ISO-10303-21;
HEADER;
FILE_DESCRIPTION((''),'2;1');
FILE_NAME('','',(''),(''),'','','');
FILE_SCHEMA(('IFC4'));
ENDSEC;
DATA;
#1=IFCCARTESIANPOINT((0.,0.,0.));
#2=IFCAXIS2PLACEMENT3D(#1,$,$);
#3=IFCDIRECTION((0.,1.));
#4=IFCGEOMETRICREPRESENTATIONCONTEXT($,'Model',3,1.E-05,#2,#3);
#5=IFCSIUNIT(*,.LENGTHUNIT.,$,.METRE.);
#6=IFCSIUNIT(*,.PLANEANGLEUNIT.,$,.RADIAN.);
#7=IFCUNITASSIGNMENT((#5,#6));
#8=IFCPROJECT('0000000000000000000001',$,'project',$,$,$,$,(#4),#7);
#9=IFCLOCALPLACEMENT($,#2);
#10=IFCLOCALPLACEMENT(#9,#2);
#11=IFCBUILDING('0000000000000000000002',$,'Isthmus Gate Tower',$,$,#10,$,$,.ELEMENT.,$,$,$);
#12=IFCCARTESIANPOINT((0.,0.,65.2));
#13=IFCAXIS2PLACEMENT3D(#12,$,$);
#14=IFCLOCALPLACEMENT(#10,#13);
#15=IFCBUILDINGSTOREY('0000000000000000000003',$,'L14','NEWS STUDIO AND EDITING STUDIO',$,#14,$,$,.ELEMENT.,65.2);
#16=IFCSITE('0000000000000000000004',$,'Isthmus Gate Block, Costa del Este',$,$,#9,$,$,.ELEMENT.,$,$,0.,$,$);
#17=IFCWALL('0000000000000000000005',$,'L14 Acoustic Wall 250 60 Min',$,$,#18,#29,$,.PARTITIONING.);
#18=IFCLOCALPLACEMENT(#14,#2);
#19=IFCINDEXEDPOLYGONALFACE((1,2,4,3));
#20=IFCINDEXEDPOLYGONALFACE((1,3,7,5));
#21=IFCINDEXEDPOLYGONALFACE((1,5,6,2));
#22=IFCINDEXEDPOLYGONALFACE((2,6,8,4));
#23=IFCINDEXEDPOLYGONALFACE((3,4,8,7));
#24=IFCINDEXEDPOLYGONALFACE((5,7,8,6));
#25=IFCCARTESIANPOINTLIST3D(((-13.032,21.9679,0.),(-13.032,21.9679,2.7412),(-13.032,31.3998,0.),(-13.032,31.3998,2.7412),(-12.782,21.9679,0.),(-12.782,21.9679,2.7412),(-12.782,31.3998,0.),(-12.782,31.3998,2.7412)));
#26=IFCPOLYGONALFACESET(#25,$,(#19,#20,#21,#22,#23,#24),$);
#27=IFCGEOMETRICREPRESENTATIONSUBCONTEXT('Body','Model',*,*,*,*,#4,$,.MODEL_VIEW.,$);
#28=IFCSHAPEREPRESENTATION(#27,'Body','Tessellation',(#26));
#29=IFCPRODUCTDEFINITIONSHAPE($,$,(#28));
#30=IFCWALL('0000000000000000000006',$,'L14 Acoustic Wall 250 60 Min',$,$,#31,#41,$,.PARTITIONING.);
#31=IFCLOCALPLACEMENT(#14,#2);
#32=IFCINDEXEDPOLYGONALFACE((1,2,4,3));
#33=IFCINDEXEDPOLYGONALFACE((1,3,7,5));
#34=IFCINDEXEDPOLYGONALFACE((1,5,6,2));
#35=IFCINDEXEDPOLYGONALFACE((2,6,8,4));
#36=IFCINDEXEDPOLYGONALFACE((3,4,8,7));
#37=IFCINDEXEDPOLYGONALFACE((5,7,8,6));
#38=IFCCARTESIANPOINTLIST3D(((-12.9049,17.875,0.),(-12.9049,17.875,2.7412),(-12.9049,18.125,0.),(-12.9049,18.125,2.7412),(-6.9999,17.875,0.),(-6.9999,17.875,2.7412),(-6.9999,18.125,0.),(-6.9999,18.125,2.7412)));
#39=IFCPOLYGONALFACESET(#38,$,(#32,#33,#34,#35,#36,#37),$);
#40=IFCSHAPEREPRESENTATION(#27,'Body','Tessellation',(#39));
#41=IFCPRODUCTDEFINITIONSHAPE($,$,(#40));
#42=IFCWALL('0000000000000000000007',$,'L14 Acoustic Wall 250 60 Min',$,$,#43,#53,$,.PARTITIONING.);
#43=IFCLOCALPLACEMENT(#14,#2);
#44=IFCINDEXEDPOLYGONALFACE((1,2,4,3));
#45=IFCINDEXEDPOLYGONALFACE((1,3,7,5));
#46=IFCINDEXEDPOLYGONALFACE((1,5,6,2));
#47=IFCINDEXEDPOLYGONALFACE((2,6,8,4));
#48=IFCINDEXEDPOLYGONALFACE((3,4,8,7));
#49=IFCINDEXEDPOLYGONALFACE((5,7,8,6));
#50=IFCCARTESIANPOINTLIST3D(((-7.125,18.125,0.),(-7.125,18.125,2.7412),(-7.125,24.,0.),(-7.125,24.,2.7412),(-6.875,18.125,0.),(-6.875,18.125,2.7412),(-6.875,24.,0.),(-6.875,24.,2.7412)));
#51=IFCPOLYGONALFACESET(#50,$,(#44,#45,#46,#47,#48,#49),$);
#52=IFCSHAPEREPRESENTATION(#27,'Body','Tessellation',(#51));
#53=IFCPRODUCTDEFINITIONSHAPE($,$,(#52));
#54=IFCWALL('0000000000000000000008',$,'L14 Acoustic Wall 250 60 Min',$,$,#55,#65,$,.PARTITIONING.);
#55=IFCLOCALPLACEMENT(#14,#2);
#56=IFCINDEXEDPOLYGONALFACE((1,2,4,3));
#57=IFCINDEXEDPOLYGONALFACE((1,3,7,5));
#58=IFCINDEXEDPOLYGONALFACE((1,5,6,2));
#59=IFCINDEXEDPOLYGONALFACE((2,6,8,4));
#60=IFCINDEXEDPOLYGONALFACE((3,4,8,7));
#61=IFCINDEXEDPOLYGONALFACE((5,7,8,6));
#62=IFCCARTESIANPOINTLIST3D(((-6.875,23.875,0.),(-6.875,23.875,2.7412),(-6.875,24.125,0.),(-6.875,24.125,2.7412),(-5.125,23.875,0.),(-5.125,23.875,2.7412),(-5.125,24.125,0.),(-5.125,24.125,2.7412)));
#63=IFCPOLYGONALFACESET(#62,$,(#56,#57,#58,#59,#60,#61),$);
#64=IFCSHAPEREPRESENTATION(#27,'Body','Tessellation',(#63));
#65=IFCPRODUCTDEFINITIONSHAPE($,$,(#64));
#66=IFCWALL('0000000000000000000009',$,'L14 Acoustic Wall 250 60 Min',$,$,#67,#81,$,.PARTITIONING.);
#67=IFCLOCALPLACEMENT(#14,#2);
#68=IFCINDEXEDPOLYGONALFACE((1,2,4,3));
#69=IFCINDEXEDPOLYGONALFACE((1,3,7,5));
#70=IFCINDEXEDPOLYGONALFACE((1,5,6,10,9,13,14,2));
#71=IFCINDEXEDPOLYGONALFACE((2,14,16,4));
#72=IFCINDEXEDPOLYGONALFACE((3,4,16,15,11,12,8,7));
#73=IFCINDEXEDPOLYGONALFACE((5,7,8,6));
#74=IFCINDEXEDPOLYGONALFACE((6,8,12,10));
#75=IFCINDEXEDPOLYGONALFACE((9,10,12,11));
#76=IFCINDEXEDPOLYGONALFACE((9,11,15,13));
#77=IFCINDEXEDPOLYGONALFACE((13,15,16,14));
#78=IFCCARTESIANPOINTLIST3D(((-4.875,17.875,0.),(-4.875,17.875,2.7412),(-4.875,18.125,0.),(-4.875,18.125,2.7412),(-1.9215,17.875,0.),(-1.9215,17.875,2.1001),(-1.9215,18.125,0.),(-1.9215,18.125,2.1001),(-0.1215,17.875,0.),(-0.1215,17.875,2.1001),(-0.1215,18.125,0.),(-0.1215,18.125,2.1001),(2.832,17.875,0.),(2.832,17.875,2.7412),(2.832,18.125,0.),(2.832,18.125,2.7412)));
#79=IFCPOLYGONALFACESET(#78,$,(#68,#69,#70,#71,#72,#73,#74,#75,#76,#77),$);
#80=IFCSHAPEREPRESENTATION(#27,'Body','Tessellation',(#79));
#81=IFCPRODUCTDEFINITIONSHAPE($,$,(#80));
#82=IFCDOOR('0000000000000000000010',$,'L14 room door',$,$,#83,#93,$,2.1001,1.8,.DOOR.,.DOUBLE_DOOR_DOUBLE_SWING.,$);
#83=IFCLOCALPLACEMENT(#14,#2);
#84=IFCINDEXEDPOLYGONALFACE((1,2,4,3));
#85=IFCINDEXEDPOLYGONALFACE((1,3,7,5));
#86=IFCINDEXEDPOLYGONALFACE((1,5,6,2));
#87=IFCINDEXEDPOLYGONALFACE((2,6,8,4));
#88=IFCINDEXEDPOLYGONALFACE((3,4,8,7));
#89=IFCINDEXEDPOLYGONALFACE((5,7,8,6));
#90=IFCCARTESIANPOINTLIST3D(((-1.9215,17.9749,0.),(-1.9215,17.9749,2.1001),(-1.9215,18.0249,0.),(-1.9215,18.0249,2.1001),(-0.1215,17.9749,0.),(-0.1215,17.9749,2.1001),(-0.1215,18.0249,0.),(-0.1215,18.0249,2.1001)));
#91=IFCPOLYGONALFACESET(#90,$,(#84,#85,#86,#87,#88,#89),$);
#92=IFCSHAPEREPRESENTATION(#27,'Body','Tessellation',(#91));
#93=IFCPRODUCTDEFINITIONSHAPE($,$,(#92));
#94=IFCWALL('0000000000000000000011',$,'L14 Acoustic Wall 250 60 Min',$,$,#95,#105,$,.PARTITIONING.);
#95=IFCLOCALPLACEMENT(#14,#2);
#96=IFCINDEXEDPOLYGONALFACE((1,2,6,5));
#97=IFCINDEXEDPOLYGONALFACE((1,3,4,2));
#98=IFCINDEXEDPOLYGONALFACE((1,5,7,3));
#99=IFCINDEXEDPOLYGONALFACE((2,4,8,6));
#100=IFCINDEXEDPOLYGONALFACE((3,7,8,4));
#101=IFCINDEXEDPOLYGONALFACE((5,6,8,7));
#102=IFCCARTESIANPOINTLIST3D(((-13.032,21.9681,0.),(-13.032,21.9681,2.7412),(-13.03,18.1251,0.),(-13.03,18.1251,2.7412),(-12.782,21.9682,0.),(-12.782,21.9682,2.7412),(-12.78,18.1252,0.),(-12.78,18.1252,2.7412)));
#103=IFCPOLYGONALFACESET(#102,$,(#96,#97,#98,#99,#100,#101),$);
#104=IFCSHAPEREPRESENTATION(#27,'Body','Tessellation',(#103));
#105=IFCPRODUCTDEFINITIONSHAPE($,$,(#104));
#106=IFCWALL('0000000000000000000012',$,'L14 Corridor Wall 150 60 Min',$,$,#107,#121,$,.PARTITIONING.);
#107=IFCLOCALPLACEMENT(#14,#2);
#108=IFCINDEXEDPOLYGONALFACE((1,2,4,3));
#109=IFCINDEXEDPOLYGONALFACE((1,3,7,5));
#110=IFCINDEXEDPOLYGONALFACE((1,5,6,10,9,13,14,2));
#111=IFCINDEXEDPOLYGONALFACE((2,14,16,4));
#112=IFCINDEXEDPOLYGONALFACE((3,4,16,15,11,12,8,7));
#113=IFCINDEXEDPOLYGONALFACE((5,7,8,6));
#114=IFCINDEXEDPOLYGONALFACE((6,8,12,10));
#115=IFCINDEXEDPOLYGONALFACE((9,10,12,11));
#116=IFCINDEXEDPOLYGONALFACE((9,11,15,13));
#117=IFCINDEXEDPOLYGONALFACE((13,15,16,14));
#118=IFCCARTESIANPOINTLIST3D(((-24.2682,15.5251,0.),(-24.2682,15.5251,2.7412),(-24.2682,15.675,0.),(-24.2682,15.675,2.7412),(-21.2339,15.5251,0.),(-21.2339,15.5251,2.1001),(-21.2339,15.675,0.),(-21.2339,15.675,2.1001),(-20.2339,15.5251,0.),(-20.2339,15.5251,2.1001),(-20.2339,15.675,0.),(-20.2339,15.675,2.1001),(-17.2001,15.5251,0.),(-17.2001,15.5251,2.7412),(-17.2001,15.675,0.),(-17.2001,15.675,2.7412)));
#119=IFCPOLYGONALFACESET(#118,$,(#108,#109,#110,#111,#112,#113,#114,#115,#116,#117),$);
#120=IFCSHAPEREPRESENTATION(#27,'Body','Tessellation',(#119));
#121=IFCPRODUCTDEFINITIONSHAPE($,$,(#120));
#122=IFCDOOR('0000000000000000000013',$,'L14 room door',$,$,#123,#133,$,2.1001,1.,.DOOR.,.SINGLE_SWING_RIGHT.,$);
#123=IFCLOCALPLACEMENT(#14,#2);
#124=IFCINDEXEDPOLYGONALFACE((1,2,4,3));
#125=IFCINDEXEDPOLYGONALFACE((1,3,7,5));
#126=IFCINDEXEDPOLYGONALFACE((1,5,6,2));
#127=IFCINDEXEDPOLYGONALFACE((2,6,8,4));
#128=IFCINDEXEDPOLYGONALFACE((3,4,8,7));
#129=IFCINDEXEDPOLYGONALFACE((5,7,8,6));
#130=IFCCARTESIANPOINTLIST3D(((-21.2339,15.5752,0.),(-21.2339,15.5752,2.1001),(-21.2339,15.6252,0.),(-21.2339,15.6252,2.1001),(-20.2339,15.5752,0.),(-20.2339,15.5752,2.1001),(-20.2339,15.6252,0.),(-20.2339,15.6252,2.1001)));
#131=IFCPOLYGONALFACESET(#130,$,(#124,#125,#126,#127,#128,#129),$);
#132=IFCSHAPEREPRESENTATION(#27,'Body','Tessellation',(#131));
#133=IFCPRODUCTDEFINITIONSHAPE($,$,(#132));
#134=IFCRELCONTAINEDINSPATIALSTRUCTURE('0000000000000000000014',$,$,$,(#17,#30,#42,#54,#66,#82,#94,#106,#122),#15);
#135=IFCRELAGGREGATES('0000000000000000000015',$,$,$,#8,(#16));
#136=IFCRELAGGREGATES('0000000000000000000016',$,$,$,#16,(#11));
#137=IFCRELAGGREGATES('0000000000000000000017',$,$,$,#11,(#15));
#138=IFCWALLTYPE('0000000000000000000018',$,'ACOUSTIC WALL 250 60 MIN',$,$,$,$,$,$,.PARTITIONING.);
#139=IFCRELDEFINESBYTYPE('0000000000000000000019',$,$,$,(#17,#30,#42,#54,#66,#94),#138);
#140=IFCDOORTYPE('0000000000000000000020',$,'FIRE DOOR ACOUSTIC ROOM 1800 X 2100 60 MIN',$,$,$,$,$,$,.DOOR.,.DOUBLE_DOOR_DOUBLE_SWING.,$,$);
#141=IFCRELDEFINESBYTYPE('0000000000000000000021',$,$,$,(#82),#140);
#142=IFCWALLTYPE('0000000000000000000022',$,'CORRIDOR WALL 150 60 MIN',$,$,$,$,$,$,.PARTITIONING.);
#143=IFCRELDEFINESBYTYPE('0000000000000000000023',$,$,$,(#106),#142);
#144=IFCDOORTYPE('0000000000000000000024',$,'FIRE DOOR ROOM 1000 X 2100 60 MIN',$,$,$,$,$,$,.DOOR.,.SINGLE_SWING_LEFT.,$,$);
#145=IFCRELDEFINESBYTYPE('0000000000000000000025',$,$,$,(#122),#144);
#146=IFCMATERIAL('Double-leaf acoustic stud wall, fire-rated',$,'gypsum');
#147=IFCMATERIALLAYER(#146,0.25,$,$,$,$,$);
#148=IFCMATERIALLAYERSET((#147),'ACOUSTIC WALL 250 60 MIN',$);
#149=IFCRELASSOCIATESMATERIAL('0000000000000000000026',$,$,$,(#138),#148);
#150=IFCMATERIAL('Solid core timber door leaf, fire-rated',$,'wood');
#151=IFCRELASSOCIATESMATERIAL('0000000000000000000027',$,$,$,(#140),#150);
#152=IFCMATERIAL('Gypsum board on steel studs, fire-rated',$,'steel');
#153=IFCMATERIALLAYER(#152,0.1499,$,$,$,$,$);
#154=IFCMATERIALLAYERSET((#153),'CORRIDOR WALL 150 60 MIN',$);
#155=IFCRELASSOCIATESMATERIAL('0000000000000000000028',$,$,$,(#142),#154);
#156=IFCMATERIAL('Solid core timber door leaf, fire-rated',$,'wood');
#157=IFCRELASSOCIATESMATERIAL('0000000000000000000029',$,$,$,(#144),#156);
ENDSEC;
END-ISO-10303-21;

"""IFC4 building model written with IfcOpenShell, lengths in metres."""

from ifc_helpers import new_model, si_unit, direction, frame, frame_2d, origin, place, context, subcontext, project, spatial, rectangle, extrude, material, layer, layer_set, type_object, element, fill, save


model = new_model("IFC4")

# Units and contexts
model_context = context("Model", 3, precision=1e-05, world=origin(), true_north=direction((0.0, 1.0)))
body_context = subcontext(model_context, "Body", "Model", "MODEL_VIEW")
ifc_project = project(units=[si_unit("LENGTHUNIT", "METRE"), si_unit("PLANEANGLEUNIT", "RADIAN")], contexts=[model_context])

# Site, building, storey
site_placement = place(None, origin())
site = spatial("IfcSite", under=ifc_project, at=site_placement, Name="Isthmus Gate Block, Costa del Este", CompositionType="ELEMENT", RefElevation=0.0)
building_placement = place(site_placement, origin())
building = spatial("IfcBuilding", under=site, at=building_placement, Name="Isthmus Gate Tower", CompositionType="ELEMENT")
storey_placement = place(building_placement, frame((0.0, 0.0, 65.2)))
storey = spatial("IfcBuildingStorey", under=building, at=storey_placement, Name="L14", Description="NEWS STUDIO AND EDITING STUDIO", CompositionType="ELEMENT", Elevation=65.2)

# Walls
ifc_material_1 = material(Name="Double-leaf acoustic stud wall, fire-rated", Category="gypsum")
ifc_layer_1 = layer(ifc_material_1, 0.25)
ifc_layer_set_1 = layer_set([ifc_layer_1], Name="ACOUSTIC WALL 250 60 MIN")
wall_type_1 = type_object("IfcWallType", Name="ACOUSTIC WALL 250 60 MIN", PredefinedType="PARTITIONING", material=ifc_layer_set_1)
wall_1_placement = place(storey_placement, frame((-12.907, 21.968, 0.0), z_axis=(0.0, 0.0, 1.0), x_axis=(0.0, 1.0, 0.0)))
element("IfcWall", 1, at=wall_1_placement, inside=storey, type_object=wall_type_1, Name="L14 Acoustic Wall 250 60 Min", PredefinedType="PARTITIONING", context=body_context, shape_type="SweptSolid", body=[
    extrude(rectangle(XDim=9.4319, YDim=0.25, at=frame_2d((4.7158, 0.0))), origin(), (0.0, 0.0, 1.0), 2.7412),
])
wall_2_placement = place(storey_placement, frame((-12.905, 18.0, 0.0), z_axis=(0.0, 0.0, 1.0), x_axis=(1.0, 0.0, 0.0)))
element("IfcWall", 2, at=wall_2_placement, inside=storey, type_object=wall_type_1, Name="L14 Acoustic Wall 250 60 Min", PredefinedType="PARTITIONING", context=body_context, shape_type="SweptSolid", body=[
    extrude(rectangle(XDim=5.905, YDim=0.25, at=frame_2d((2.9526, 0.0))), origin(), (0.0, 0.0, 1.0), 2.7412),
])
wall_3_placement = place(storey_placement, frame((-7.0, 18.125, 0.0), z_axis=(0.0, 0.0, 1.0), x_axis=(0.0, 1.0, 0.0)))
element("IfcWall", 3, at=wall_3_placement, inside=storey, type_object=wall_type_1, Name="L14 Acoustic Wall 250 60 Min", PredefinedType="PARTITIONING", context=body_context, shape_type="SweptSolid", body=[
    extrude(rectangle(XDim=5.875, YDim=0.25, at=frame_2d((2.9375, 0.0))), origin(), (0.0, 0.0, 1.0), 2.7412),
])
wall_4_placement = place(storey_placement, frame((-6.875, 24.0, 0.0), z_axis=(0.0, 0.0, 1.0), x_axis=(1.0, 0.0, 0.0)))
element("IfcWall", 4, at=wall_4_placement, inside=storey, type_object=wall_type_1, Name="L14 Acoustic Wall 250 60 Min", PredefinedType="PARTITIONING", context=body_context, shape_type="SweptSolid", body=[
    extrude(rectangle(XDim=1.75, YDim=0.25, at=frame_2d((0.875, 0.0))), origin(), (0.0, 0.0, 1.0), 2.7412),
])

# Wall, opening, door
wall_5_placement = place(storey_placement, frame((-4.875, 18.0, 0.0), z_axis=(0.0, 0.0, 1.0), x_axis=(1.0, 0.0, 0.0)))
wall_5 = element("IfcWall", 5, at=wall_5_placement, inside=storey, type_object=wall_type_1, Name="L14 Acoustic Wall 250 60 Min", PredefinedType="PARTITIONING", context=body_context, shape_type="SweptSolid", body=[
    extrude(rectangle(XDim=7.707, YDim=0.25, at=frame_2d((3.8535, 0.0))), origin(), (0.0, 0.0, 1.0), 2.7412),
])
opening_1_placement = place(wall_5_placement, frame((2.9536, 0.0, 0.0)))
opening_1 = element("IfcOpeningElement", 6, at=opening_1_placement, cuts=wall_5, PredefinedType="OPENING", context=body_context, shape_type="SweptSolid", body=[
    extrude(rectangle(XDim=1.8, YDim=2.1001, at=frame_2d((0.8999, 1.05))), frame((0.0, 0.135, 0.0), z_axis=(0.0, -1.0, 0.0), x_axis=(1.0, 0.0, 0.0)), (0.0, 0.0, 1.0), 0.27),
])
ifc_material_2 = material(Name="Solid core timber door leaf, fire-rated", Category="wood")
door_type_1 = type_object("IfcDoorType", Name="FIRE DOOR ACOUSTIC ROOM 1800 X 2100 60 MIN", OperationType="DOUBLE_DOOR_DOUBLE_SWING", PredefinedType="DOOR", material=ifc_material_2)
door_1_placement = place(opening_1_placement, origin())
door_1 = element("IfcDoor", 7, at=door_1_placement, inside=storey, type_object=door_type_1, Name="L14 room door", OperationType="DOUBLE_DOOR_DOUBLE_SWING", OverallHeight=2.1001, OverallWidth=1.8, PredefinedType="DOOR", context=body_context, shape_type="SweptSolid", body=[
    extrude(rectangle(XDim=1.8, YDim=2.1001, at=frame_2d((0.8999, 1.05))), frame((0.0, 0.0249, 0.0), z_axis=(0.0, -1.0, 0.0), x_axis=(1.0, 0.0, 0.0)), (0.0, 0.0, 1.0), 0.05),
])
fill(opening_1, door_1)

# Wall
wall_6_placement = place(storey_placement, frame((-12.907, 21.968, 0.0), z_axis=(0.0, 0.0, 1.0), x_axis=(0.000508, -1.0, 0.0)))
element("IfcWall", 8, at=wall_6_placement, inside=storey, type_object=wall_type_1, Name="L14 Acoustic Wall 250 60 Min", PredefinedType="PARTITIONING", context=body_context, shape_type="SweptSolid", body=[
    extrude(rectangle(XDim=3.843, YDim=0.25, at=frame_2d((1.9214, 0.0))), origin(), (0.0, 0.0, 1.0), 2.7412),
])

# Wall, opening, door
ifc_material_3 = material(Name="Gypsum board on steel studs, fire-rated", Category="steel")
ifc_layer_2 = layer(ifc_material_3, 0.1499)
ifc_layer_set_2 = layer_set([ifc_layer_2], Name="CORRIDOR WALL 150 60 MIN")
wall_type_2 = type_object("IfcWallType", Name="CORRIDOR WALL 150 60 MIN", PredefinedType="PARTITIONING", material=ifc_layer_set_2)
wall_7_placement = place(storey_placement, frame((-17.2, 15.6001, 0.0), z_axis=(0.0, 0.0, 1.0), x_axis=(-1.0, 0.0, 0.0)))
wall_7 = element("IfcWall", 9, at=wall_7_placement, inside=storey, type_object=wall_type_2, Name="L14 Corridor Wall 150 60 Min", PredefinedType="PARTITIONING", context=body_context, shape_type="SweptSolid", body=[
    extrude(rectangle(XDim=7.0681, YDim=0.1499, at=frame_2d((3.5342, 0.0))), origin(), (0.0, 0.0, 1.0), 2.7412),
])
opening_2_placement = place(wall_7_placement, frame((3.0339, 0.0, 0.0)))
opening_2 = element("IfcOpeningElement", 10, at=opening_2_placement, cuts=wall_7, PredefinedType="OPENING", context=body_context, shape_type="SweptSolid", body=[
    extrude(rectangle(XDim=1.0, YDim=2.1001, at=frame_2d((0.5, 1.05))), frame((0.0, 0.085, 0.0), z_axis=(0.0, -1.0, 0.0), x_axis=(1.0, 0.0, 0.0)), (0.0, 0.0, 1.0), 0.1699),
])
ifc_material_4 = material(Name="Solid core timber door leaf, fire-rated", Category="wood")
door_type_2 = type_object("IfcDoorType", Name="FIRE DOOR ROOM 1000 X 2100 60 MIN", OperationType="SINGLE_SWING_LEFT", PredefinedType="DOOR", material=ifc_material_4)
door_2_placement = place(opening_2_placement, origin())
door_2 = element("IfcDoor", 11, at=door_2_placement, inside=storey, type_object=door_type_2, Name="L14 room door", OperationType="SINGLE_SWING_RIGHT", OverallHeight=2.1001, OverallWidth=1.0, PredefinedType="DOOR", context=body_context, shape_type="SweptSolid", body=[
    extrude(rectangle(XDim=1.0, YDim=2.1001, at=frame_2d((0.5, 1.05))), frame((0.0, 0.0249, 0.0), z_axis=(0.0, -1.0, 0.0), x_axis=(1.0, 0.0, 0.0)), (0.0, 0.0, 1.0), 0.05),
])
fill(opening_2, door_2)

save(model, "model.ifc")
